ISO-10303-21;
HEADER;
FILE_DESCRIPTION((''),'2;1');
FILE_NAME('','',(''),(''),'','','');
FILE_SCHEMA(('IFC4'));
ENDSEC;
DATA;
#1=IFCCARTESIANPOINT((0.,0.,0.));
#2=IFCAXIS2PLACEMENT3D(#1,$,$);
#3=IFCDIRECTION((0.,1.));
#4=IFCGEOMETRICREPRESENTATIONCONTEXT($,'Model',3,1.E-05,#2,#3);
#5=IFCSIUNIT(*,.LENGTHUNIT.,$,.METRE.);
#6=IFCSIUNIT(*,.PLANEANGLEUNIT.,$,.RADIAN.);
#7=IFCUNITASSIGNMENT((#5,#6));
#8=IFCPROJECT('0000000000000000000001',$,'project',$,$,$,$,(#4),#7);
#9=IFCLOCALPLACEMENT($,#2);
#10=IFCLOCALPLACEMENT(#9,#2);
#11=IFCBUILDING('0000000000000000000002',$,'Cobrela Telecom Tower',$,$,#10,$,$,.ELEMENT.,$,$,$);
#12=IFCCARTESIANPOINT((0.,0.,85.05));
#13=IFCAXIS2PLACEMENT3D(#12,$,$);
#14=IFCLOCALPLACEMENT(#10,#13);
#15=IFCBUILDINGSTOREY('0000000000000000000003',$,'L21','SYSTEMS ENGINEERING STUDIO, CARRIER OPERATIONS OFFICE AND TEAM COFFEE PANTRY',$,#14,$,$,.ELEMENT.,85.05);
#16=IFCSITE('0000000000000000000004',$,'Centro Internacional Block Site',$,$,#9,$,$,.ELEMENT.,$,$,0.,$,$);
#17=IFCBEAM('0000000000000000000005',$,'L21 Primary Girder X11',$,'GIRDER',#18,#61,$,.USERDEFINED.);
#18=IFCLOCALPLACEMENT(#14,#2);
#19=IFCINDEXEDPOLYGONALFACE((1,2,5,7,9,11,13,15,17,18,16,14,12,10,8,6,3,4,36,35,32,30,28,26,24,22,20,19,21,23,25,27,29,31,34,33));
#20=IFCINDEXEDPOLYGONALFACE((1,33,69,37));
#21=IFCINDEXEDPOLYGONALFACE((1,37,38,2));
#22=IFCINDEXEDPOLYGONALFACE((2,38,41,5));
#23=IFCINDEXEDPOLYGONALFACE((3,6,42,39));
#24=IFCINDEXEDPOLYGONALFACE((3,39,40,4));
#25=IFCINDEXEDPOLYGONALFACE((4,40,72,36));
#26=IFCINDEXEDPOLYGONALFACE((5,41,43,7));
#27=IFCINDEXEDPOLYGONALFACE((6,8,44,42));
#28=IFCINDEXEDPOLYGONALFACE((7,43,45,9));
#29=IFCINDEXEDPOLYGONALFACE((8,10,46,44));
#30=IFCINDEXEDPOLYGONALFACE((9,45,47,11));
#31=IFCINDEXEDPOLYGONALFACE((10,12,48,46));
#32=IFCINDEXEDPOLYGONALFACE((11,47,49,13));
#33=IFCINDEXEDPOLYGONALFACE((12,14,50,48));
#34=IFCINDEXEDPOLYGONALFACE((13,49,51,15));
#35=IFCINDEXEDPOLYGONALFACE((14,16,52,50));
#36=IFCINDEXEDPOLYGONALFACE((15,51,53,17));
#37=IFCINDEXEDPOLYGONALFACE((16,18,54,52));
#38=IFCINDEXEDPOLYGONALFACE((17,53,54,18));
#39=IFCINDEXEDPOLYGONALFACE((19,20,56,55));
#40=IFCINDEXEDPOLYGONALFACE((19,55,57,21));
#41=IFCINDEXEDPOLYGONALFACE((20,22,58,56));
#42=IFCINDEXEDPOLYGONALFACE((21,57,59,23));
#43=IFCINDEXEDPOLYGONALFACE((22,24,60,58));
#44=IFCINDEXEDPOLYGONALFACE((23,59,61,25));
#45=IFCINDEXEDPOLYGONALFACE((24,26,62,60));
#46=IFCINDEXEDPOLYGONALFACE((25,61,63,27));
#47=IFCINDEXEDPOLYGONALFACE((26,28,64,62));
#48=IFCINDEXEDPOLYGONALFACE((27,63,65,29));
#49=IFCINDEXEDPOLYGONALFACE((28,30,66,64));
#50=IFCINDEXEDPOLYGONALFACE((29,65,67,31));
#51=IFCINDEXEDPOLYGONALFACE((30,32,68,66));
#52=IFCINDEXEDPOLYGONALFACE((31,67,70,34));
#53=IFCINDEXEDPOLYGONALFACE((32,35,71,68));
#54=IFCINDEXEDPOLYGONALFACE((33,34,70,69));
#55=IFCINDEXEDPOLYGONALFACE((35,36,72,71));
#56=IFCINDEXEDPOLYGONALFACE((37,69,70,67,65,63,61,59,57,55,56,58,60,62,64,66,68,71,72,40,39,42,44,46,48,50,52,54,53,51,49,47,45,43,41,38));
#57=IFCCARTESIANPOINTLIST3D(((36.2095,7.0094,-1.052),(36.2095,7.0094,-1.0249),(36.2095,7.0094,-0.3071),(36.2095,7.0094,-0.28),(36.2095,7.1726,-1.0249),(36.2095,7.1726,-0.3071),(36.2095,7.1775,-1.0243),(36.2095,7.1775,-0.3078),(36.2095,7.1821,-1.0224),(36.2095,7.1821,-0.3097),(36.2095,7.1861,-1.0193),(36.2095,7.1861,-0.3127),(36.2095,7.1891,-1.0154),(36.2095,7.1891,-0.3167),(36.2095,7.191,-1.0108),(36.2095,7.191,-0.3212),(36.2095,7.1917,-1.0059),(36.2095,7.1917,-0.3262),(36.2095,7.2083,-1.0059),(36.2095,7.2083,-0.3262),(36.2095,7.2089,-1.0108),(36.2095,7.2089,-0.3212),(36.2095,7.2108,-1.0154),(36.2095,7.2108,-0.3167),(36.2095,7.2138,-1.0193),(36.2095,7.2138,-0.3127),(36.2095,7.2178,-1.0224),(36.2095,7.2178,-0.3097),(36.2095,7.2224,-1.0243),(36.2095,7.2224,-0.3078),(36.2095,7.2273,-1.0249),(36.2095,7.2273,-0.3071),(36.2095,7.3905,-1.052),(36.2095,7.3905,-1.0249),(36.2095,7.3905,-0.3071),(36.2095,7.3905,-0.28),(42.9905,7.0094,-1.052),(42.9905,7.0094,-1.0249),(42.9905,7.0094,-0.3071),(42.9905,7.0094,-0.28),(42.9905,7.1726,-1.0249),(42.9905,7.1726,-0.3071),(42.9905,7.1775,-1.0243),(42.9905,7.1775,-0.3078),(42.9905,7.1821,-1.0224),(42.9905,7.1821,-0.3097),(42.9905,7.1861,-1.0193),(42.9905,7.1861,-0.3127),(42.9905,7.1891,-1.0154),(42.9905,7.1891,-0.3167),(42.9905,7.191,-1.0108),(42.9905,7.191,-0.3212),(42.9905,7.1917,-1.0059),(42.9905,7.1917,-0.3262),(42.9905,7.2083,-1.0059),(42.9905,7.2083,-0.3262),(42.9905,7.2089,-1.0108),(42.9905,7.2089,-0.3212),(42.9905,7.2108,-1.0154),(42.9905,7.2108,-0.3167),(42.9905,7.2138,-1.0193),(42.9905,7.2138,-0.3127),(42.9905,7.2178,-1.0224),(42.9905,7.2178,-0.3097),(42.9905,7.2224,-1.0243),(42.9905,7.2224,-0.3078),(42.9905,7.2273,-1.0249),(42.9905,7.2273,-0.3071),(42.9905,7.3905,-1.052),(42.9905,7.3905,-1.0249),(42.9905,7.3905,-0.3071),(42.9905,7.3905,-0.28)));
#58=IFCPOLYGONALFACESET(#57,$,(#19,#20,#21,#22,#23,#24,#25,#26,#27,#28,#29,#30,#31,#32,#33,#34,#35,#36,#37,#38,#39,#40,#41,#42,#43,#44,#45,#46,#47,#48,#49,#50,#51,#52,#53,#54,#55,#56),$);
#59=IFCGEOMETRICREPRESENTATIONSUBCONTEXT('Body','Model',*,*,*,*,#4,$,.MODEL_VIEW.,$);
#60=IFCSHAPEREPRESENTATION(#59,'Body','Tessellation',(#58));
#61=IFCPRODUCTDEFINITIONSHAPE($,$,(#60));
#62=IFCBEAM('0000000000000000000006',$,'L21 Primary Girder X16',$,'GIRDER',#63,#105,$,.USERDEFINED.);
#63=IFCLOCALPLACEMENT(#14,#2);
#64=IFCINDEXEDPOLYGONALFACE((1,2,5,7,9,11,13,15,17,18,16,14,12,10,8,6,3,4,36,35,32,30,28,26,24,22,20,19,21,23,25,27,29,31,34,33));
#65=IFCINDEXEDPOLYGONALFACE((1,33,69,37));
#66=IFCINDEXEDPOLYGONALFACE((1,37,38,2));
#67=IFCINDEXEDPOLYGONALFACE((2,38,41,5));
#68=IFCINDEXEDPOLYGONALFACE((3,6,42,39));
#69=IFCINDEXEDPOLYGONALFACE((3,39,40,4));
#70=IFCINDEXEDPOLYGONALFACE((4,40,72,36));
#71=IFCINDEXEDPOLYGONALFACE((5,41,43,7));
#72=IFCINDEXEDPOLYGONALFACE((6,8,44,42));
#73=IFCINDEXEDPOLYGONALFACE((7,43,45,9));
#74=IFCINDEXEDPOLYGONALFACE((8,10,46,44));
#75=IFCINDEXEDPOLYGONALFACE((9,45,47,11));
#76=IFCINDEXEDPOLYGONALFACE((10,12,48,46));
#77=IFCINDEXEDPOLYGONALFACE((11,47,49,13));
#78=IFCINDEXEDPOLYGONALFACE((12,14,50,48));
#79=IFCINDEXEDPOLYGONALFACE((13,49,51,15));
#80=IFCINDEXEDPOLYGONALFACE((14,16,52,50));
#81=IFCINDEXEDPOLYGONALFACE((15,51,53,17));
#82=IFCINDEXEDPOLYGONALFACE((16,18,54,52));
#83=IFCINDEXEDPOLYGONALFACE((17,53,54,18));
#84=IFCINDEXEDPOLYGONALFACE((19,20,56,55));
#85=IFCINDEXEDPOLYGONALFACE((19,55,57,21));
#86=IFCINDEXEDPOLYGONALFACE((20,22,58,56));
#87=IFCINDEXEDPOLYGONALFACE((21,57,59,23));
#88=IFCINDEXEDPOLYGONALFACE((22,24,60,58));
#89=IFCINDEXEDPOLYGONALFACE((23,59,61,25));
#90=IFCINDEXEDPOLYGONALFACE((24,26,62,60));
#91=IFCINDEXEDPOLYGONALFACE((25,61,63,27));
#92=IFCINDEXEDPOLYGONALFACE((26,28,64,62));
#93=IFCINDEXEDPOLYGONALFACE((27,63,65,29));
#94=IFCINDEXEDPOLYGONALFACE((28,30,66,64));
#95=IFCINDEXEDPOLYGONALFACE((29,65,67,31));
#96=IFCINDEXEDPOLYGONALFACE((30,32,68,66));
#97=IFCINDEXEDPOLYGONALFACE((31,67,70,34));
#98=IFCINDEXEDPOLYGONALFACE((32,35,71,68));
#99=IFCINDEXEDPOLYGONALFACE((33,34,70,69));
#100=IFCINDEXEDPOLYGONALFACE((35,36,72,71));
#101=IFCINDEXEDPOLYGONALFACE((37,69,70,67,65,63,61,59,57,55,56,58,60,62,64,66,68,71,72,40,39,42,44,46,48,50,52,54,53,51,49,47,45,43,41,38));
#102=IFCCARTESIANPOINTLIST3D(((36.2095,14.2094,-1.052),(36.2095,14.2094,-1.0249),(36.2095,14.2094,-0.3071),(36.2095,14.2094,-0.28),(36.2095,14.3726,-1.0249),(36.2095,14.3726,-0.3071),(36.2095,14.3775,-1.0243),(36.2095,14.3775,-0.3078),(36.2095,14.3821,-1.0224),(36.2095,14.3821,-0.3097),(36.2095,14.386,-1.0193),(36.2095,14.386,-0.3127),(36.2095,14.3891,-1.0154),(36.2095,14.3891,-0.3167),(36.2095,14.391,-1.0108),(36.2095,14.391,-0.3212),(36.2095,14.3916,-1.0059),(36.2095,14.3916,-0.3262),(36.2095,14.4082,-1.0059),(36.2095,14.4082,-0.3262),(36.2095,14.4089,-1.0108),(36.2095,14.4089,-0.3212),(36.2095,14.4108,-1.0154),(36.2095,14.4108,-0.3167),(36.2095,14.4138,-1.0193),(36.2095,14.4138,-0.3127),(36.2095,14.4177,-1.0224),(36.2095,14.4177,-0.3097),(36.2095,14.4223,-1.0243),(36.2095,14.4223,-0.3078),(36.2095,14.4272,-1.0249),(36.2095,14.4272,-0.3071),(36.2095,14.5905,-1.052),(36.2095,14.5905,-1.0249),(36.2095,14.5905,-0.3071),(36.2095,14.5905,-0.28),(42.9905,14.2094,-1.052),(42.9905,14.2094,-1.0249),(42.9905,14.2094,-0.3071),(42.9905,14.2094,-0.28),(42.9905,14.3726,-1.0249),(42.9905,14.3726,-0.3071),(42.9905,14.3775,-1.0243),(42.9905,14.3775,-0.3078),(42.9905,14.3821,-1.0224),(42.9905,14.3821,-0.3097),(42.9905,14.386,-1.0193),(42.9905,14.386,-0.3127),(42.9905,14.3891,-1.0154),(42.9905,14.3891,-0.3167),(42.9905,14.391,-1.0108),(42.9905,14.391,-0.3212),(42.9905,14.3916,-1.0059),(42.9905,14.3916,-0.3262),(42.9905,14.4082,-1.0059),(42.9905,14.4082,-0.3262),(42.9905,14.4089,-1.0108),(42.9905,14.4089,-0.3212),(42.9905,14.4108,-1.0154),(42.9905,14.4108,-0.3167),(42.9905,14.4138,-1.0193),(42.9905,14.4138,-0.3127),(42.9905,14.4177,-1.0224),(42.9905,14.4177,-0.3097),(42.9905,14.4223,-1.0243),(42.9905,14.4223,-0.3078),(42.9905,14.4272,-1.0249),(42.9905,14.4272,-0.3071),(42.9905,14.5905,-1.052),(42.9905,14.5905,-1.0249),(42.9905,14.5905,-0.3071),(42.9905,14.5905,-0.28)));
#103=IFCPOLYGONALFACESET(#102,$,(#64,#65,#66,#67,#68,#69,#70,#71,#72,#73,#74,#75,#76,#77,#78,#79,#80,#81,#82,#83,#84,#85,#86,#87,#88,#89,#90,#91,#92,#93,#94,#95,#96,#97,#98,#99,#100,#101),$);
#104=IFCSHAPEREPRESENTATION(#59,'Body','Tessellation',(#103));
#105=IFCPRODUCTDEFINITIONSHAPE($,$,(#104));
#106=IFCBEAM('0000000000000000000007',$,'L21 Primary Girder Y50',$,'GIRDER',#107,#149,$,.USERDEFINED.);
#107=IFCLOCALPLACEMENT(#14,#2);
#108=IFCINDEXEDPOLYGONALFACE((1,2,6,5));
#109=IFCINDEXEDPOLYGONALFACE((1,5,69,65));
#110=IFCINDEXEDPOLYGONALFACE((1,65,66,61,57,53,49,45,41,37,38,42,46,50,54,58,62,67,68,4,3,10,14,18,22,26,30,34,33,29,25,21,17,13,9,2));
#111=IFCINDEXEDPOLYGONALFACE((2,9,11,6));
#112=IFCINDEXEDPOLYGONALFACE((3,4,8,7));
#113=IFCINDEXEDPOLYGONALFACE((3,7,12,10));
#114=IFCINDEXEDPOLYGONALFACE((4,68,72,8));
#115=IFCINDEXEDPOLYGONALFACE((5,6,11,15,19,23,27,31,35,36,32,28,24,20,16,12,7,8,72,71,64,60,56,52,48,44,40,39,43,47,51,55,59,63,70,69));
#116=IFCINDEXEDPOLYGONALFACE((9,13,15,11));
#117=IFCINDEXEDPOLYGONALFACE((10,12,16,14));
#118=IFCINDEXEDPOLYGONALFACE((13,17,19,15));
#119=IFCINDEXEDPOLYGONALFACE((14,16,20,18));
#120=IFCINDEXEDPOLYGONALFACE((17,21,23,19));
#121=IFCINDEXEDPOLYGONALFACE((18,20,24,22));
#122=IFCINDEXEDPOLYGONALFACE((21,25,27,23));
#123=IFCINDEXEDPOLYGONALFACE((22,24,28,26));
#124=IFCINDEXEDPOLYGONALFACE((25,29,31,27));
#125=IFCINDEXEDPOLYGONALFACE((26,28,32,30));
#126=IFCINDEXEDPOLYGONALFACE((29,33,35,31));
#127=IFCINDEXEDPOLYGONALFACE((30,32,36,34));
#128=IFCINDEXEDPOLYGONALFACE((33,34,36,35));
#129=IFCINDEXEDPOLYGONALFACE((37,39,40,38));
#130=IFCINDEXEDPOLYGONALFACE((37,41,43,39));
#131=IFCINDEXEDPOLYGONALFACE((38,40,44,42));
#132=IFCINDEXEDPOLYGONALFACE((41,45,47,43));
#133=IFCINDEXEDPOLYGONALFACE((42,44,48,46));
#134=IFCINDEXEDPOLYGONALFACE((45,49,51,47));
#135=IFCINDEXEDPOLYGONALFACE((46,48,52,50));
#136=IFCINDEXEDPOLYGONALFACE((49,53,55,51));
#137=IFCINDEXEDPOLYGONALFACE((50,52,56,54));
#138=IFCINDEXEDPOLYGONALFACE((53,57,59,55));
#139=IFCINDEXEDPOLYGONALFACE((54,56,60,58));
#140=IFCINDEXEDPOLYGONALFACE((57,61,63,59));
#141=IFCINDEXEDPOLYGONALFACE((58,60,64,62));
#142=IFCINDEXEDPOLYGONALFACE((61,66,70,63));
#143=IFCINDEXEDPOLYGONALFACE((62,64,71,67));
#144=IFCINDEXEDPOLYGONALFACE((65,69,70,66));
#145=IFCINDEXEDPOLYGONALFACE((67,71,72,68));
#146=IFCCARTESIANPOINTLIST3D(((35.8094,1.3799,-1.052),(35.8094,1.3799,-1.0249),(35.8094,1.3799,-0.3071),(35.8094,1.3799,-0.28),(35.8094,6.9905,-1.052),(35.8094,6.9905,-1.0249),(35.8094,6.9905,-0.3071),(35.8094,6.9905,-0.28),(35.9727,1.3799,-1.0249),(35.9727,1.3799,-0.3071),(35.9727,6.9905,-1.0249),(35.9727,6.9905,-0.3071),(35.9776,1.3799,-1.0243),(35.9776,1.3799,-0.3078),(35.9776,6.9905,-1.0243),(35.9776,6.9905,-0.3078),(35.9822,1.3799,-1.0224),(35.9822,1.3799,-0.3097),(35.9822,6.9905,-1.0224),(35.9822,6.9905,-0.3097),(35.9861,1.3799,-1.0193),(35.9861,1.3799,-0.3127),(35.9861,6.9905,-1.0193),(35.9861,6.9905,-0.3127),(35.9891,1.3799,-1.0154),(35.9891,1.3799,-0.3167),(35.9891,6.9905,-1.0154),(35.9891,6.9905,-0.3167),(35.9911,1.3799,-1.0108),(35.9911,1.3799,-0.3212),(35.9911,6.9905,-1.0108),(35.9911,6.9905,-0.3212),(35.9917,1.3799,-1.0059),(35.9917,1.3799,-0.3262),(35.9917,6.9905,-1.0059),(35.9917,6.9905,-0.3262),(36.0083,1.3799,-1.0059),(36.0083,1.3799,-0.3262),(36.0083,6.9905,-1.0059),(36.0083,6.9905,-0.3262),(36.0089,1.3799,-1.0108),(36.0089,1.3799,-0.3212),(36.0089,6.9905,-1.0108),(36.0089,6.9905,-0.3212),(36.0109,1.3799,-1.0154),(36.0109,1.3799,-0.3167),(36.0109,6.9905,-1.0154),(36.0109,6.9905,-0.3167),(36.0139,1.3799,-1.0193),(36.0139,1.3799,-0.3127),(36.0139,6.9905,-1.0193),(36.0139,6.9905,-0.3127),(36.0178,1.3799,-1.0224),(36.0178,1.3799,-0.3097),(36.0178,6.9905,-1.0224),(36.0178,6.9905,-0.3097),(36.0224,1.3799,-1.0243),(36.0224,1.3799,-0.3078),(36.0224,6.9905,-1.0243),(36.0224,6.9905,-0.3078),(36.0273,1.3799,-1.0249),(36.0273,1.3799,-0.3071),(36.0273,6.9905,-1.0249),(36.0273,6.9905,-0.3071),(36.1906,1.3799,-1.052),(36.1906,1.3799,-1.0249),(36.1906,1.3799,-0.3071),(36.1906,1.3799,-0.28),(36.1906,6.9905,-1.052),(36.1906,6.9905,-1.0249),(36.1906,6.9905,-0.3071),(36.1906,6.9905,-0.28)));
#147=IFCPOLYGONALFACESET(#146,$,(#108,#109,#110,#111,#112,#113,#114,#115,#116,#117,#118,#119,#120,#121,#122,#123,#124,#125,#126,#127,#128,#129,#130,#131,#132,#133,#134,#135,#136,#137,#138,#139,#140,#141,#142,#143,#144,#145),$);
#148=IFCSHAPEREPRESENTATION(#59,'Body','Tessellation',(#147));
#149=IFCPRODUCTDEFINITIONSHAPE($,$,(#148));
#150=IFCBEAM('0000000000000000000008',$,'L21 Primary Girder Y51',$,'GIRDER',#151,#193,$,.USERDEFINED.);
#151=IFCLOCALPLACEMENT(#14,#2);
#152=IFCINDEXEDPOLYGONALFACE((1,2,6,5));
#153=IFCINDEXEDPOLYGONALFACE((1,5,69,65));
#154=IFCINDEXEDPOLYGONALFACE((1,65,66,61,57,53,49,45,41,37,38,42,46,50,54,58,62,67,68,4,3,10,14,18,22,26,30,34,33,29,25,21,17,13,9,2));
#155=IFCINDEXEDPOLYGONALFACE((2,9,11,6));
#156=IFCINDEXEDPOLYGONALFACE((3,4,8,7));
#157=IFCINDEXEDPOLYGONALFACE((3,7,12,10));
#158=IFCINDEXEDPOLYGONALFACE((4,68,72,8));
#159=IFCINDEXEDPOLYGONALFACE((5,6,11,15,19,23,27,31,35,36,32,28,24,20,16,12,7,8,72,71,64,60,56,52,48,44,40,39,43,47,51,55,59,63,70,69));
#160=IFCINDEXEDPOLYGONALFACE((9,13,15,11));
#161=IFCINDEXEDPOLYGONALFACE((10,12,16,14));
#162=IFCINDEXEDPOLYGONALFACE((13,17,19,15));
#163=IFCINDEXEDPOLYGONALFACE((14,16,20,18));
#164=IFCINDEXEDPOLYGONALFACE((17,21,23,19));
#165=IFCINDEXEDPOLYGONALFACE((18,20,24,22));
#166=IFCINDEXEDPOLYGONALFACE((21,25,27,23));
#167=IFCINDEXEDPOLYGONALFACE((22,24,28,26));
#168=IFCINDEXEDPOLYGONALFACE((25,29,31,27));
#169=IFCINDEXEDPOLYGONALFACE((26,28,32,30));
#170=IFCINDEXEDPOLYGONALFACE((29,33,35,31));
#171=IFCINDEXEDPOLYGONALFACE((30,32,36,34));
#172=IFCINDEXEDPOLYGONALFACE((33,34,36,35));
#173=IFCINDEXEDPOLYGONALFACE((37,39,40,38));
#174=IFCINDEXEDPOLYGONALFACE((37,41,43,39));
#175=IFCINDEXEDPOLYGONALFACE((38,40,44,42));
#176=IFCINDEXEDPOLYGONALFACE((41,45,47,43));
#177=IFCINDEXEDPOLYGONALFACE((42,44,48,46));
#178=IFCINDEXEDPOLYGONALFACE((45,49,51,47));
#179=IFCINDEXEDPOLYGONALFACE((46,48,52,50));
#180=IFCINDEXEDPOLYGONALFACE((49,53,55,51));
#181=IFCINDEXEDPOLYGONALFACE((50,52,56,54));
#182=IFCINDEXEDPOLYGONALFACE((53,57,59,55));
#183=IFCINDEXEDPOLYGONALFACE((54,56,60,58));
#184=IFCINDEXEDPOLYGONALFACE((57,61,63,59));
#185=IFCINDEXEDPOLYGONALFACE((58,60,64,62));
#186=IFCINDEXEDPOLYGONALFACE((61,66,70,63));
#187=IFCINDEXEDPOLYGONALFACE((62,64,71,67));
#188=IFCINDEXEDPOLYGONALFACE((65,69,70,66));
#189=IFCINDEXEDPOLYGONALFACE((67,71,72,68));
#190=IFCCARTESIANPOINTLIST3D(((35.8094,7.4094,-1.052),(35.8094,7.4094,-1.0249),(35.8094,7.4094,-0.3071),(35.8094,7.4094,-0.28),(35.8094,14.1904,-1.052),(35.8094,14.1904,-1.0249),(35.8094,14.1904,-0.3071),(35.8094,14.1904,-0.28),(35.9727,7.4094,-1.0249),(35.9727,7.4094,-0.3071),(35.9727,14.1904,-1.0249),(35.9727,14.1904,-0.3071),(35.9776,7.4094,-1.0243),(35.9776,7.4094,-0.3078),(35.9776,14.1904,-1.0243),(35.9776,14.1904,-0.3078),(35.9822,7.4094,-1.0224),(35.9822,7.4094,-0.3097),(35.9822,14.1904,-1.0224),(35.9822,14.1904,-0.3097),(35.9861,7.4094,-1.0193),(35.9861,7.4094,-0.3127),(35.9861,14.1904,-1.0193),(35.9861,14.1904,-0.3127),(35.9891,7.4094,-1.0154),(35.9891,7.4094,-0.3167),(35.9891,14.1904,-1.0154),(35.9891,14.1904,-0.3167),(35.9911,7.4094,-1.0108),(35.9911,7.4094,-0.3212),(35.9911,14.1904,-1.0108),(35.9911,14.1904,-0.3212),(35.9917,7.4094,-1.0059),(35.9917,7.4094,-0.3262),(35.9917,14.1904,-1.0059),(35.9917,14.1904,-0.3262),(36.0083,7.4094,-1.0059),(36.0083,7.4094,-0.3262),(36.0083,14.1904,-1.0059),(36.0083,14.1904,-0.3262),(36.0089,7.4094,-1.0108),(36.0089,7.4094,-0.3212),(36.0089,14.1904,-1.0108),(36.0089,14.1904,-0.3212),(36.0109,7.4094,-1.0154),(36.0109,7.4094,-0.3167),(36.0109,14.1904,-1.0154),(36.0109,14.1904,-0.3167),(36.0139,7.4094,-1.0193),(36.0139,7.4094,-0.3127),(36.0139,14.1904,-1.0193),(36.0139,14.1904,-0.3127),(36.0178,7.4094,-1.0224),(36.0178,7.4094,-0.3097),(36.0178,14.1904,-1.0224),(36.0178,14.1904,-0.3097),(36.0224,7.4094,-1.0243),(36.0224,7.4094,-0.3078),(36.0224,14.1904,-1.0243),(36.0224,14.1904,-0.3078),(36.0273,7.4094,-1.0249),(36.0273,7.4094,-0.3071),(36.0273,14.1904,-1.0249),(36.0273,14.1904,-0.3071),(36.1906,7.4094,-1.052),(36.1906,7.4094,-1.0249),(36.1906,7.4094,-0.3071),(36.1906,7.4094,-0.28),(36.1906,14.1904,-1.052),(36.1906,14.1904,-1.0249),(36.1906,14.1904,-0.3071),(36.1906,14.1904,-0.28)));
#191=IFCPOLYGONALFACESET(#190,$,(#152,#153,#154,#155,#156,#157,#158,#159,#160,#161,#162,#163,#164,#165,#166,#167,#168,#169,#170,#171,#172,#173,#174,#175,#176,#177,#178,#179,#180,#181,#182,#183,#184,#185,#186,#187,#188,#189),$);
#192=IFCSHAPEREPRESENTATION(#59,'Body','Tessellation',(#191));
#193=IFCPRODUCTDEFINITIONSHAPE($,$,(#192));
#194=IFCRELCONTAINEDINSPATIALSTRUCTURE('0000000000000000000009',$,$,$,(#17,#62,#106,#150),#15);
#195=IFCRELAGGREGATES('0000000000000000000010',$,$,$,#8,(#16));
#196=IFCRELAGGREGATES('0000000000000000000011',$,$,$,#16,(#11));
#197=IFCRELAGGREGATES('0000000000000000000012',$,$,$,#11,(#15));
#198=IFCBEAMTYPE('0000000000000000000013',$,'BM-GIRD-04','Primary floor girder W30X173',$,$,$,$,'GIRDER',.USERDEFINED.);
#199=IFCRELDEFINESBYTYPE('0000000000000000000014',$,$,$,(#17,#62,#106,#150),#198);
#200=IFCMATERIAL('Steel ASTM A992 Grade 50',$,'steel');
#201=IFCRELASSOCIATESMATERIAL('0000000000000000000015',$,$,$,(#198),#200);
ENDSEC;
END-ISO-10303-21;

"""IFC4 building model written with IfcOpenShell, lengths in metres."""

from ifc_helpers import new_model, si_unit, direction, frame, origin, origin_2d, place, context, subcontext, project, spatial, i_section, extrude, material, material_profile, profile_set, type_object, element, save


model = new_model("IFC4")

# Units and contexts
model_context = context("Model", 3, precision=1e-05, world=origin(), true_north=direction((0.0, 1.0)))
body_context = subcontext(model_context, "Body", "Model", "MODEL_VIEW")
ifc_project = project(units=[si_unit("LENGTHUNIT", "METRE"), si_unit("PLANEANGLEUNIT", "RADIAN")], contexts=[model_context])

# Site, building, storey
site_placement = place(None, origin())
site = spatial("IfcSite", under=ifc_project, at=site_placement, Name="Centro Internacional Block Site", CompositionType="ELEMENT", RefElevation=0.0)
building_placement = place(site_placement, origin())
building = spatial("IfcBuilding", under=site, at=building_placement, Name="Cobrela Telecom Tower", CompositionType="ELEMENT")
storey_placement = place(building_placement, frame((0.0, 0.0, 85.05)))
storey = spatial("IfcBuildingStorey", under=building, at=storey_placement, Name="L21", Description="SYSTEMS ENGINEERING STUDIO, CARRIER OPERATIONS OFFICE AND TEAM COFFEE PANTRY", CompositionType="ELEMENT", Elevation=85.05)

# Shared definitions
ifc_material_1 = material(Name="Steel ASTM A992 Grade 50", Category="steel")

# Beams
ifc_material_profile_1 = material_profile(ifc_material_1, i_section(OverallWidth=0.3811, OverallDepth=0.772, WebThickness=0.0166, FlangeThickness=0.0271, FilletRadius=0.019, at=origin_2d()), Name="W30X173")
ifc_profile_set_1 = profile_set([ifc_material_profile_1], Name="Steel ASTM A992 Grade 50")
beam_type_1 = type_object("IfcBeamType", Name="BM-GIRD-04", Description="Primary floor girder W30X173", ElementType="GIRDER", PredefinedType="USERDEFINED", material=ifc_profile_set_1)
for number, where, z_axis, x_axis, name in (
    (1, (36.2095, 7.2, -0.666), (1.0, 0.0, 0.0), (0.0, 1.0, 0.0), "L21 Primary Girder X11"),
    (2, (36.2095, 14.3999, -0.666), (1.0, 0.0, 0.0), (0.0, 1.0, 0.0), "L21 Primary Girder X16"),
):
    element("IfcBeam", number, at=place(storey_placement, frame(where, z_axis=z_axis, x_axis=x_axis)), inside=storey, type_object=beam_type_1, Name=name, ObjectType="GIRDER", PredefinedType="USERDEFINED", context=body_context, shape_type="SweptSolid", body=[
        extrude(i_section(OverallWidth=0.3811, OverallDepth=0.772, WebThickness=0.0166, FlangeThickness=0.0271, FilletRadius=0.019, at=origin_2d()), origin(), (0.0, 0.0, 1.0), 6.781),
    ])
beam_1_placement = place(storey_placement, frame((36.0, 1.3799, -0.666), z_axis=(0.0, 1.0, 0.0), x_axis=(-1.0, 0.0, 0.0)))
element("IfcBeam", 3, at=beam_1_placement, inside=storey, type_object=beam_type_1, Name="L21 Primary Girder Y50", ObjectType="GIRDER", PredefinedType="USERDEFINED", context=body_context, shape_type="SweptSolid", body=[
    extrude(i_section(OverallWidth=0.3811, OverallDepth=0.772, WebThickness=0.0166, FlangeThickness=0.0271, FilletRadius=0.019, at=origin_2d()), origin(), (0.0, 0.0, 1.0), 5.6106),
])
beam_2_placement = place(storey_placement, frame((36.0, 7.4094, -0.666), z_axis=(0.0, 1.0, 0.0), x_axis=(-1.0, 0.0, 0.0)))
element("IfcBeam", 4, at=beam_2_placement, inside=storey, type_object=beam_type_1, Name="L21 Primary Girder Y51", ObjectType="GIRDER", PredefinedType="USERDEFINED", context=body_context, shape_type="SweptSolid", body=[
    extrude(i_section(OverallWidth=0.3811, OverallDepth=0.772, WebThickness=0.0166, FlangeThickness=0.0271, FilletRadius=0.019, at=origin_2d()), origin(), (0.0, 0.0, 1.0), 6.781),
])

save(model, "model.ifc")
